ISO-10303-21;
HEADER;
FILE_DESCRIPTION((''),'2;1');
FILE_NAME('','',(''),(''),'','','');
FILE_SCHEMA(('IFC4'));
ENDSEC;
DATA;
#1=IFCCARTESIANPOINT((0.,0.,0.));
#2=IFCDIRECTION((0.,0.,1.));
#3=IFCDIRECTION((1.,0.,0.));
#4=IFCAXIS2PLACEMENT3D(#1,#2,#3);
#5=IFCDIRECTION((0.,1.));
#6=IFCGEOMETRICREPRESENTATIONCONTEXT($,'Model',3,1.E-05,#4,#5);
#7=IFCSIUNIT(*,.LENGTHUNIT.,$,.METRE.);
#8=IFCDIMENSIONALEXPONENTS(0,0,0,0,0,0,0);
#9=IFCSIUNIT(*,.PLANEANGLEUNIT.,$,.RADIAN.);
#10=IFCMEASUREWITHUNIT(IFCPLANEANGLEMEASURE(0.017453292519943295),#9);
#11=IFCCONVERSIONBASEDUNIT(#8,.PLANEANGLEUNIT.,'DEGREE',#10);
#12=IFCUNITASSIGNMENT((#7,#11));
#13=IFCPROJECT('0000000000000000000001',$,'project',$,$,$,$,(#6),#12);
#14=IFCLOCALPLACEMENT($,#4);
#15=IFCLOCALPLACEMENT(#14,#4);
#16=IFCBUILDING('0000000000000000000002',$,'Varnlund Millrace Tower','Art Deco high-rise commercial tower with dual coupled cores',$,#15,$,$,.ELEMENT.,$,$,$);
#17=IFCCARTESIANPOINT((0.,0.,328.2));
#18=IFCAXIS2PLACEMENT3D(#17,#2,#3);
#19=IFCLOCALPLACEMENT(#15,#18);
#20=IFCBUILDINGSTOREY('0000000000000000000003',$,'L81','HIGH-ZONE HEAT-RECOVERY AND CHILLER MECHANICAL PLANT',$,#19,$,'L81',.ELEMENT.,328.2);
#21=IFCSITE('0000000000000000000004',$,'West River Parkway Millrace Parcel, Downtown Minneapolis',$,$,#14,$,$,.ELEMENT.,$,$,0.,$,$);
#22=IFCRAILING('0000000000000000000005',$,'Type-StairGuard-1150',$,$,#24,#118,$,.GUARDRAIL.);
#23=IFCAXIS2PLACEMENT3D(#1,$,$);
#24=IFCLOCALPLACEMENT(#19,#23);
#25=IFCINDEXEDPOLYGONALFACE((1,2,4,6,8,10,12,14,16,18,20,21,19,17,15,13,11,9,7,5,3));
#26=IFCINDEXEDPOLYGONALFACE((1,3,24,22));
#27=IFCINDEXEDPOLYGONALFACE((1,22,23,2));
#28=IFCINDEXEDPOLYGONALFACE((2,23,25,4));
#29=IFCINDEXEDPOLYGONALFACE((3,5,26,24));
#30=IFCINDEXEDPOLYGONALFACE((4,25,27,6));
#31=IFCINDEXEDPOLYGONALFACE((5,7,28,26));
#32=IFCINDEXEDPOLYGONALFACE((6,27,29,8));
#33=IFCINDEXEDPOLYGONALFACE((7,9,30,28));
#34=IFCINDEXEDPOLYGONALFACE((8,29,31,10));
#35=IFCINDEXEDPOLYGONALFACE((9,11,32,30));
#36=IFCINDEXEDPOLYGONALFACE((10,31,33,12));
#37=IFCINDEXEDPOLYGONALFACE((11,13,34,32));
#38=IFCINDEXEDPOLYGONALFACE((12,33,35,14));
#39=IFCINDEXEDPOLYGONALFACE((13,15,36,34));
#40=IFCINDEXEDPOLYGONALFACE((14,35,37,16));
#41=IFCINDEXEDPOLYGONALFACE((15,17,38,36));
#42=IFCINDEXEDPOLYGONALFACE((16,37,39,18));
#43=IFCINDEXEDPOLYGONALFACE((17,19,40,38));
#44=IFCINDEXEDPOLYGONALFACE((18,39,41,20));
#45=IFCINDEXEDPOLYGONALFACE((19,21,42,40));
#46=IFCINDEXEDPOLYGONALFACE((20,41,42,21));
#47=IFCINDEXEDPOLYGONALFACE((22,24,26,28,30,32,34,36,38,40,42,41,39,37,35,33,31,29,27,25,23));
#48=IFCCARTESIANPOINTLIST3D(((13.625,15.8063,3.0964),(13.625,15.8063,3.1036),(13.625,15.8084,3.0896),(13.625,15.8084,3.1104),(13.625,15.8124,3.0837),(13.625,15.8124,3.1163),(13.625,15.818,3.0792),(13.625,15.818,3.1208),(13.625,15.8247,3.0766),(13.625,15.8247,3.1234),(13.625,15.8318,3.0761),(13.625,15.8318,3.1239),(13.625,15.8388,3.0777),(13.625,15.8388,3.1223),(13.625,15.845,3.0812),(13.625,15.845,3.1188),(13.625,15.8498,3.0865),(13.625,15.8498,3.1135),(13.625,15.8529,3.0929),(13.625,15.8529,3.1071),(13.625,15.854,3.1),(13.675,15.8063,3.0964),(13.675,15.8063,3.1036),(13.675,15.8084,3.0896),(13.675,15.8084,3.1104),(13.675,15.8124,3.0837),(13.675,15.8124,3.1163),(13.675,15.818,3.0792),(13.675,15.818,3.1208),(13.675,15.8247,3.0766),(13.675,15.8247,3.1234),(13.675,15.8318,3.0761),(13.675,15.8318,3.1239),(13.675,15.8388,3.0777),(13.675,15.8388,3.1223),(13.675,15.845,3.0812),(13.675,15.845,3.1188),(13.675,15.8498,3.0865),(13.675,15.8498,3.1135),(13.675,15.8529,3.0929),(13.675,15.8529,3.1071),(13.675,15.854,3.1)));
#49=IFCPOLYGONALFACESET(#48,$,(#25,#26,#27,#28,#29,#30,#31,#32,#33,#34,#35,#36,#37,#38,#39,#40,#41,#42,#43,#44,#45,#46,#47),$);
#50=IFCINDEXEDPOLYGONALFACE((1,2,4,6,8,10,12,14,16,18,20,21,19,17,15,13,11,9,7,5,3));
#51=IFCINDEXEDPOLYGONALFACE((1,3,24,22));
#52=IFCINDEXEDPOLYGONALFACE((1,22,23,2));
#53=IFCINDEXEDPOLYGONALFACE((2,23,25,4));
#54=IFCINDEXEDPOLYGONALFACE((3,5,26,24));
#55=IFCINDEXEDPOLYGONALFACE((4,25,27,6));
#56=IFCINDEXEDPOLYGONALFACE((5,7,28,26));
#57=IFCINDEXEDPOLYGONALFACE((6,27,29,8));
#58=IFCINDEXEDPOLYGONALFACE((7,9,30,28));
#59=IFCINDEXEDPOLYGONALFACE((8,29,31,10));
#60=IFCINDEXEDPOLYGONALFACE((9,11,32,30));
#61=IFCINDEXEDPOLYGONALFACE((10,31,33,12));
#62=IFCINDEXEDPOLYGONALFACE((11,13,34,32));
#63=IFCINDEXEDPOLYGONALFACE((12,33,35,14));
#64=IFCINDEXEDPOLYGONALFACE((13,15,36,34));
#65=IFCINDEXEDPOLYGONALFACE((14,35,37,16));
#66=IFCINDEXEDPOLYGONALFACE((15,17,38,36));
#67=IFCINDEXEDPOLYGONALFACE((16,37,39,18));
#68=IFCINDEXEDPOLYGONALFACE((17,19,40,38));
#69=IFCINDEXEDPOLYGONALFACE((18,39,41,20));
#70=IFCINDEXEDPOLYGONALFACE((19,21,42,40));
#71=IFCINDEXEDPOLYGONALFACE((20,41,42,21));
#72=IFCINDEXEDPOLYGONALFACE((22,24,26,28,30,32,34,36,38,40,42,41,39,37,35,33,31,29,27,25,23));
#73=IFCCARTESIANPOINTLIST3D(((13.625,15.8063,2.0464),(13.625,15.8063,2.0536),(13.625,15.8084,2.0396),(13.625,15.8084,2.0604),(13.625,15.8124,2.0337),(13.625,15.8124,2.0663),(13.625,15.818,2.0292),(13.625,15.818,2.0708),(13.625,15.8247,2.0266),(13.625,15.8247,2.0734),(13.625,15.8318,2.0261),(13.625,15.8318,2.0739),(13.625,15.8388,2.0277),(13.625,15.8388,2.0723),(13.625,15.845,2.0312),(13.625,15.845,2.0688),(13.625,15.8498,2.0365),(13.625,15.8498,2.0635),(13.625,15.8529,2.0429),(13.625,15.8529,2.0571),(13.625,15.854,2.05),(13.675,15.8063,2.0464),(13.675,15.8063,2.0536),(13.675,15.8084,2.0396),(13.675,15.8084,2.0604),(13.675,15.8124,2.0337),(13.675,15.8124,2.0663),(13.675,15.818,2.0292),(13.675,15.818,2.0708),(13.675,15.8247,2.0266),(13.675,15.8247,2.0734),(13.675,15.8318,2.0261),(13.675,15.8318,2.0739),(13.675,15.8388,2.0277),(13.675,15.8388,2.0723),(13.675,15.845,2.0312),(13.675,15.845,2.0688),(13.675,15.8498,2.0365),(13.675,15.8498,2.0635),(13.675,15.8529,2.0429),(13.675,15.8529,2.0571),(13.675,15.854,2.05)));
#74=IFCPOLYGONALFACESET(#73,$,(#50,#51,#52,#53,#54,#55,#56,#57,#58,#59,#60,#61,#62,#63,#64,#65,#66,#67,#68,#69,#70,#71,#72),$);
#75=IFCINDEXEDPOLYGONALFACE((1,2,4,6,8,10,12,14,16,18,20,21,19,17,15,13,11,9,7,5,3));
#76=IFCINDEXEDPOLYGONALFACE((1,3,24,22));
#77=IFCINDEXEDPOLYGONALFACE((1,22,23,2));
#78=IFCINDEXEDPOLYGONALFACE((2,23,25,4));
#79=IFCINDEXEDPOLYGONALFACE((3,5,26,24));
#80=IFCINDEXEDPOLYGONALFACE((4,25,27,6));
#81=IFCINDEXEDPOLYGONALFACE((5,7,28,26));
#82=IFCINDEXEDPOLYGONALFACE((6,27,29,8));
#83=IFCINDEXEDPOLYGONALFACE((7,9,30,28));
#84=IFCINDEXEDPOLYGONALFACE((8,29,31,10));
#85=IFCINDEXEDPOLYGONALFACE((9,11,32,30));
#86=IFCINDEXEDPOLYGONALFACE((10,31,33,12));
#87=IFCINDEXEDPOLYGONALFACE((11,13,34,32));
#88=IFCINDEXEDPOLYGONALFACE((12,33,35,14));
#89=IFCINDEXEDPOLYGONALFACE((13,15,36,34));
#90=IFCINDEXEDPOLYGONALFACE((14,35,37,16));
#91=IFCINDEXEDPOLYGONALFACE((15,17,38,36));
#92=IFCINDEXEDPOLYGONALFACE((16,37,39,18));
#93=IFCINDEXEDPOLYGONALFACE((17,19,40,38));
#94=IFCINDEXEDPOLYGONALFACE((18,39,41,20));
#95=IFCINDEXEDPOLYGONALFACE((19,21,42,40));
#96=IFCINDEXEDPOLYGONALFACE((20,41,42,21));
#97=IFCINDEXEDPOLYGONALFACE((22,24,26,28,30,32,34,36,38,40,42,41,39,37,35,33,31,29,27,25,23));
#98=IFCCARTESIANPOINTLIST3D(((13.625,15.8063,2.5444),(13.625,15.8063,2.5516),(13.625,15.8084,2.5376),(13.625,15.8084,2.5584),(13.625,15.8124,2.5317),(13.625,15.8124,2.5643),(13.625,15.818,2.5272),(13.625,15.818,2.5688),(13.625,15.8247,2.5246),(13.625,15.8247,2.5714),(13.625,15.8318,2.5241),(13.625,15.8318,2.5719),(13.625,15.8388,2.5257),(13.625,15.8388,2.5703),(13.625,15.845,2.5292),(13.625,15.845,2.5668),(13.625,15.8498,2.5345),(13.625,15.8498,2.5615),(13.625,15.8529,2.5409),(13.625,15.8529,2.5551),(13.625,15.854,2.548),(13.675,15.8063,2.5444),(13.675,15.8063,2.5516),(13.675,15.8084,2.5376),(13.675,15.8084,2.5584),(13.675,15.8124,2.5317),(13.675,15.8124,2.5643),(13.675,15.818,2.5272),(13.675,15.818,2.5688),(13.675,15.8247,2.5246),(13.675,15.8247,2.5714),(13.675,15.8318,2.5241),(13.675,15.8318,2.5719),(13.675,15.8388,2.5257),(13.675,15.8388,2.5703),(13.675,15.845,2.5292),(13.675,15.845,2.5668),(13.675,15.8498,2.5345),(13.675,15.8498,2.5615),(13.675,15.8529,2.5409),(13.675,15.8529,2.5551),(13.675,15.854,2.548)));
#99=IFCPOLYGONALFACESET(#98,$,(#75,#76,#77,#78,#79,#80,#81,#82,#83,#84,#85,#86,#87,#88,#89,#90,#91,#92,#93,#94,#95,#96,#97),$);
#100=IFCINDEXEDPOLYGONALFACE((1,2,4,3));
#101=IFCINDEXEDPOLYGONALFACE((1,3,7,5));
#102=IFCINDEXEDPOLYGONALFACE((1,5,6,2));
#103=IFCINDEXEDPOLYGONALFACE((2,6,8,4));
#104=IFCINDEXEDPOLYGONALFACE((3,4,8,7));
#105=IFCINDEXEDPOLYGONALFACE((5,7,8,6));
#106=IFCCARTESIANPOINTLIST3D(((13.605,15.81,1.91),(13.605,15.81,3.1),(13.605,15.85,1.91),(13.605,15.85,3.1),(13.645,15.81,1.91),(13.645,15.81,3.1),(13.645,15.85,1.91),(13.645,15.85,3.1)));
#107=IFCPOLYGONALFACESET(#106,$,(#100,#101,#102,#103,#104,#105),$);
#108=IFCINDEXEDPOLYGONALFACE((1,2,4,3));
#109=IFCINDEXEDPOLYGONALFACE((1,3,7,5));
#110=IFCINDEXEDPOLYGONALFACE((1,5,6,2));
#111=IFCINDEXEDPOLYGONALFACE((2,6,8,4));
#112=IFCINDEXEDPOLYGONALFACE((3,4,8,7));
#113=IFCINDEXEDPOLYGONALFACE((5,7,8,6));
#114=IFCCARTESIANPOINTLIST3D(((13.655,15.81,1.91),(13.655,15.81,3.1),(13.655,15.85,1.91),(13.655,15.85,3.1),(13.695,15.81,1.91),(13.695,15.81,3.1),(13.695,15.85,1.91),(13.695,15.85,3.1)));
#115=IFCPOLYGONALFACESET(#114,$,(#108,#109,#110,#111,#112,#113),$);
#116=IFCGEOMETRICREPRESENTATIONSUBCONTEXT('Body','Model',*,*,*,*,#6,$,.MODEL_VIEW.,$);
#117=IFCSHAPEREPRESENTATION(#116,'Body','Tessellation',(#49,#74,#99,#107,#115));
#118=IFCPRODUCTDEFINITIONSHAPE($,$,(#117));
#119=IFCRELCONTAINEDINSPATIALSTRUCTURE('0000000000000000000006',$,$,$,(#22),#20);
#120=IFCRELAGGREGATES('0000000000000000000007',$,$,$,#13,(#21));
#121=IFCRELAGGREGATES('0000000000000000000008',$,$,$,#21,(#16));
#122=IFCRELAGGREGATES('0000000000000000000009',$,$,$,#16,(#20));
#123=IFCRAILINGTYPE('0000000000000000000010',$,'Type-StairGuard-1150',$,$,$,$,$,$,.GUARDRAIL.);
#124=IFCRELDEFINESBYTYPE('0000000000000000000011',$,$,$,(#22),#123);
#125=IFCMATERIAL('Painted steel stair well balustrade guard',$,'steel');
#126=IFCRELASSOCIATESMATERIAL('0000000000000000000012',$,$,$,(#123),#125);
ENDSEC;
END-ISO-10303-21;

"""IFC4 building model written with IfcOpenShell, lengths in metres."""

from ifc_helpers import new_model, entity, si_unit, converted_unit, direction, frame, origin_with_axes, origin_2d_with_axis, place, context, subcontext, project, spatial, rectangle, circle, extrude, material, type_object, element, save


model = new_model("IFC4")

# Units and contexts
model_context = context("Model", 3, precision=1e-05, world=origin_with_axes(), true_north=direction((0.0, 1.0)))
body_context = subcontext(model_context, "Body", "Model", "MODEL_VIEW")
ifc_project = project(units=[si_unit("LENGTHUNIT", "METRE"), converted_unit("PLANEANGLEUNIT", "DEGREE", entity("IfcPlaneAngleMeasure", 0.017453292519943295), si_unit("PLANEANGLEUNIT", "RADIAN"), dimensions=[0, 0, 0, 0, 0, 0, 0])], contexts=[model_context])

# Site, building, storey
site_placement = place(None, origin_with_axes())
site = spatial("IfcSite", under=ifc_project, at=site_placement, Name="West River Parkway Millrace Parcel, Downtown Minneapolis", CompositionType="ELEMENT", RefElevation=0.0)
building_placement = place(site_placement, origin_with_axes())
building = spatial("IfcBuilding", under=site, at=building_placement, Name="Varnlund Millrace Tower", Description="Art Deco high-rise commercial tower with dual coupled cores", CompositionType="ELEMENT")
storey_placement = place(building_placement, frame((0.0, 0.0, 328.2), z_axis=(0.0, 0.0, 1.0), x_axis=(1.0, 0.0, 0.0)))
storey = spatial("IfcBuildingStorey", under=building, at=storey_placement, Name="L81", Description="HIGH-ZONE HEAT-RECOVERY AND CHILLER MECHANICAL PLANT", LongName="L81", CompositionType="ELEMENT", Elevation=328.2)

# Railing
ifc_material_1 = material(Name="Painted steel stair well balustrade guard", Category="steel")
railing_type_1 = type_object("IfcRailingType", Name="Type-StairGuard-1150", PredefinedType="GUARDRAIL", material=ifc_material_1)
railing_1_placement = place(storey_placement, frame((0.0, 0.0, -328.2), z_axis=(0.0, 0.0, 1.0), x_axis=(1.0, 0.0, 0.0)))
element("IfcRailing", 1, at=railing_1_placement, inside=storey, type_object=railing_type_1, Name="Type-StairGuard-1150", PredefinedType="GUARDRAIL", context=body_context, shape_type="SweptSolid", body=[
    extrude(circle(Radius=0.024, at=origin_2d_with_axis()), frame((13.625, 15.83, 331.3), z_axis=(1.0, 0.0, 0.0), x_axis=(0.0, 1.0, 0.0)), (0.0, 0.0, 1.0), 0.05),
    extrude(circle(Radius=0.024, at=origin_2d_with_axis()), frame((13.625, 15.83, 330.25), z_axis=(1.0, 0.0, 0.0), x_axis=(0.0, 1.0, 0.0)), (0.0, 0.0, 1.0), 0.05),
    extrude(circle(Radius=0.024, at=origin_2d_with_axis()), frame((13.625, 15.83, 330.748), z_axis=(1.0, 0.0, 0.0), x_axis=(0.0, 1.0, 0.0)), (0.0, 0.0, 1.0), 0.05),
    extrude(rectangle(XDim=0.04, YDim=0.04, at=origin_2d_with_axis()), frame((13.625, 15.83, 330.11), z_axis=(0.0, 0.0, 1.0), x_axis=(1.0, 0.0, 0.0)), (0.0, 0.0, 1.0), 1.19),
    extrude(rectangle(XDim=0.04, YDim=0.04, at=origin_2d_with_axis()), frame((13.675, 15.83, 330.11), z_axis=(0.0, 0.0, 1.0), x_axis=(1.0, 0.0, 0.0)), (0.0, 0.0, 1.0), 1.19),
])

save(model, "model.ifc")
